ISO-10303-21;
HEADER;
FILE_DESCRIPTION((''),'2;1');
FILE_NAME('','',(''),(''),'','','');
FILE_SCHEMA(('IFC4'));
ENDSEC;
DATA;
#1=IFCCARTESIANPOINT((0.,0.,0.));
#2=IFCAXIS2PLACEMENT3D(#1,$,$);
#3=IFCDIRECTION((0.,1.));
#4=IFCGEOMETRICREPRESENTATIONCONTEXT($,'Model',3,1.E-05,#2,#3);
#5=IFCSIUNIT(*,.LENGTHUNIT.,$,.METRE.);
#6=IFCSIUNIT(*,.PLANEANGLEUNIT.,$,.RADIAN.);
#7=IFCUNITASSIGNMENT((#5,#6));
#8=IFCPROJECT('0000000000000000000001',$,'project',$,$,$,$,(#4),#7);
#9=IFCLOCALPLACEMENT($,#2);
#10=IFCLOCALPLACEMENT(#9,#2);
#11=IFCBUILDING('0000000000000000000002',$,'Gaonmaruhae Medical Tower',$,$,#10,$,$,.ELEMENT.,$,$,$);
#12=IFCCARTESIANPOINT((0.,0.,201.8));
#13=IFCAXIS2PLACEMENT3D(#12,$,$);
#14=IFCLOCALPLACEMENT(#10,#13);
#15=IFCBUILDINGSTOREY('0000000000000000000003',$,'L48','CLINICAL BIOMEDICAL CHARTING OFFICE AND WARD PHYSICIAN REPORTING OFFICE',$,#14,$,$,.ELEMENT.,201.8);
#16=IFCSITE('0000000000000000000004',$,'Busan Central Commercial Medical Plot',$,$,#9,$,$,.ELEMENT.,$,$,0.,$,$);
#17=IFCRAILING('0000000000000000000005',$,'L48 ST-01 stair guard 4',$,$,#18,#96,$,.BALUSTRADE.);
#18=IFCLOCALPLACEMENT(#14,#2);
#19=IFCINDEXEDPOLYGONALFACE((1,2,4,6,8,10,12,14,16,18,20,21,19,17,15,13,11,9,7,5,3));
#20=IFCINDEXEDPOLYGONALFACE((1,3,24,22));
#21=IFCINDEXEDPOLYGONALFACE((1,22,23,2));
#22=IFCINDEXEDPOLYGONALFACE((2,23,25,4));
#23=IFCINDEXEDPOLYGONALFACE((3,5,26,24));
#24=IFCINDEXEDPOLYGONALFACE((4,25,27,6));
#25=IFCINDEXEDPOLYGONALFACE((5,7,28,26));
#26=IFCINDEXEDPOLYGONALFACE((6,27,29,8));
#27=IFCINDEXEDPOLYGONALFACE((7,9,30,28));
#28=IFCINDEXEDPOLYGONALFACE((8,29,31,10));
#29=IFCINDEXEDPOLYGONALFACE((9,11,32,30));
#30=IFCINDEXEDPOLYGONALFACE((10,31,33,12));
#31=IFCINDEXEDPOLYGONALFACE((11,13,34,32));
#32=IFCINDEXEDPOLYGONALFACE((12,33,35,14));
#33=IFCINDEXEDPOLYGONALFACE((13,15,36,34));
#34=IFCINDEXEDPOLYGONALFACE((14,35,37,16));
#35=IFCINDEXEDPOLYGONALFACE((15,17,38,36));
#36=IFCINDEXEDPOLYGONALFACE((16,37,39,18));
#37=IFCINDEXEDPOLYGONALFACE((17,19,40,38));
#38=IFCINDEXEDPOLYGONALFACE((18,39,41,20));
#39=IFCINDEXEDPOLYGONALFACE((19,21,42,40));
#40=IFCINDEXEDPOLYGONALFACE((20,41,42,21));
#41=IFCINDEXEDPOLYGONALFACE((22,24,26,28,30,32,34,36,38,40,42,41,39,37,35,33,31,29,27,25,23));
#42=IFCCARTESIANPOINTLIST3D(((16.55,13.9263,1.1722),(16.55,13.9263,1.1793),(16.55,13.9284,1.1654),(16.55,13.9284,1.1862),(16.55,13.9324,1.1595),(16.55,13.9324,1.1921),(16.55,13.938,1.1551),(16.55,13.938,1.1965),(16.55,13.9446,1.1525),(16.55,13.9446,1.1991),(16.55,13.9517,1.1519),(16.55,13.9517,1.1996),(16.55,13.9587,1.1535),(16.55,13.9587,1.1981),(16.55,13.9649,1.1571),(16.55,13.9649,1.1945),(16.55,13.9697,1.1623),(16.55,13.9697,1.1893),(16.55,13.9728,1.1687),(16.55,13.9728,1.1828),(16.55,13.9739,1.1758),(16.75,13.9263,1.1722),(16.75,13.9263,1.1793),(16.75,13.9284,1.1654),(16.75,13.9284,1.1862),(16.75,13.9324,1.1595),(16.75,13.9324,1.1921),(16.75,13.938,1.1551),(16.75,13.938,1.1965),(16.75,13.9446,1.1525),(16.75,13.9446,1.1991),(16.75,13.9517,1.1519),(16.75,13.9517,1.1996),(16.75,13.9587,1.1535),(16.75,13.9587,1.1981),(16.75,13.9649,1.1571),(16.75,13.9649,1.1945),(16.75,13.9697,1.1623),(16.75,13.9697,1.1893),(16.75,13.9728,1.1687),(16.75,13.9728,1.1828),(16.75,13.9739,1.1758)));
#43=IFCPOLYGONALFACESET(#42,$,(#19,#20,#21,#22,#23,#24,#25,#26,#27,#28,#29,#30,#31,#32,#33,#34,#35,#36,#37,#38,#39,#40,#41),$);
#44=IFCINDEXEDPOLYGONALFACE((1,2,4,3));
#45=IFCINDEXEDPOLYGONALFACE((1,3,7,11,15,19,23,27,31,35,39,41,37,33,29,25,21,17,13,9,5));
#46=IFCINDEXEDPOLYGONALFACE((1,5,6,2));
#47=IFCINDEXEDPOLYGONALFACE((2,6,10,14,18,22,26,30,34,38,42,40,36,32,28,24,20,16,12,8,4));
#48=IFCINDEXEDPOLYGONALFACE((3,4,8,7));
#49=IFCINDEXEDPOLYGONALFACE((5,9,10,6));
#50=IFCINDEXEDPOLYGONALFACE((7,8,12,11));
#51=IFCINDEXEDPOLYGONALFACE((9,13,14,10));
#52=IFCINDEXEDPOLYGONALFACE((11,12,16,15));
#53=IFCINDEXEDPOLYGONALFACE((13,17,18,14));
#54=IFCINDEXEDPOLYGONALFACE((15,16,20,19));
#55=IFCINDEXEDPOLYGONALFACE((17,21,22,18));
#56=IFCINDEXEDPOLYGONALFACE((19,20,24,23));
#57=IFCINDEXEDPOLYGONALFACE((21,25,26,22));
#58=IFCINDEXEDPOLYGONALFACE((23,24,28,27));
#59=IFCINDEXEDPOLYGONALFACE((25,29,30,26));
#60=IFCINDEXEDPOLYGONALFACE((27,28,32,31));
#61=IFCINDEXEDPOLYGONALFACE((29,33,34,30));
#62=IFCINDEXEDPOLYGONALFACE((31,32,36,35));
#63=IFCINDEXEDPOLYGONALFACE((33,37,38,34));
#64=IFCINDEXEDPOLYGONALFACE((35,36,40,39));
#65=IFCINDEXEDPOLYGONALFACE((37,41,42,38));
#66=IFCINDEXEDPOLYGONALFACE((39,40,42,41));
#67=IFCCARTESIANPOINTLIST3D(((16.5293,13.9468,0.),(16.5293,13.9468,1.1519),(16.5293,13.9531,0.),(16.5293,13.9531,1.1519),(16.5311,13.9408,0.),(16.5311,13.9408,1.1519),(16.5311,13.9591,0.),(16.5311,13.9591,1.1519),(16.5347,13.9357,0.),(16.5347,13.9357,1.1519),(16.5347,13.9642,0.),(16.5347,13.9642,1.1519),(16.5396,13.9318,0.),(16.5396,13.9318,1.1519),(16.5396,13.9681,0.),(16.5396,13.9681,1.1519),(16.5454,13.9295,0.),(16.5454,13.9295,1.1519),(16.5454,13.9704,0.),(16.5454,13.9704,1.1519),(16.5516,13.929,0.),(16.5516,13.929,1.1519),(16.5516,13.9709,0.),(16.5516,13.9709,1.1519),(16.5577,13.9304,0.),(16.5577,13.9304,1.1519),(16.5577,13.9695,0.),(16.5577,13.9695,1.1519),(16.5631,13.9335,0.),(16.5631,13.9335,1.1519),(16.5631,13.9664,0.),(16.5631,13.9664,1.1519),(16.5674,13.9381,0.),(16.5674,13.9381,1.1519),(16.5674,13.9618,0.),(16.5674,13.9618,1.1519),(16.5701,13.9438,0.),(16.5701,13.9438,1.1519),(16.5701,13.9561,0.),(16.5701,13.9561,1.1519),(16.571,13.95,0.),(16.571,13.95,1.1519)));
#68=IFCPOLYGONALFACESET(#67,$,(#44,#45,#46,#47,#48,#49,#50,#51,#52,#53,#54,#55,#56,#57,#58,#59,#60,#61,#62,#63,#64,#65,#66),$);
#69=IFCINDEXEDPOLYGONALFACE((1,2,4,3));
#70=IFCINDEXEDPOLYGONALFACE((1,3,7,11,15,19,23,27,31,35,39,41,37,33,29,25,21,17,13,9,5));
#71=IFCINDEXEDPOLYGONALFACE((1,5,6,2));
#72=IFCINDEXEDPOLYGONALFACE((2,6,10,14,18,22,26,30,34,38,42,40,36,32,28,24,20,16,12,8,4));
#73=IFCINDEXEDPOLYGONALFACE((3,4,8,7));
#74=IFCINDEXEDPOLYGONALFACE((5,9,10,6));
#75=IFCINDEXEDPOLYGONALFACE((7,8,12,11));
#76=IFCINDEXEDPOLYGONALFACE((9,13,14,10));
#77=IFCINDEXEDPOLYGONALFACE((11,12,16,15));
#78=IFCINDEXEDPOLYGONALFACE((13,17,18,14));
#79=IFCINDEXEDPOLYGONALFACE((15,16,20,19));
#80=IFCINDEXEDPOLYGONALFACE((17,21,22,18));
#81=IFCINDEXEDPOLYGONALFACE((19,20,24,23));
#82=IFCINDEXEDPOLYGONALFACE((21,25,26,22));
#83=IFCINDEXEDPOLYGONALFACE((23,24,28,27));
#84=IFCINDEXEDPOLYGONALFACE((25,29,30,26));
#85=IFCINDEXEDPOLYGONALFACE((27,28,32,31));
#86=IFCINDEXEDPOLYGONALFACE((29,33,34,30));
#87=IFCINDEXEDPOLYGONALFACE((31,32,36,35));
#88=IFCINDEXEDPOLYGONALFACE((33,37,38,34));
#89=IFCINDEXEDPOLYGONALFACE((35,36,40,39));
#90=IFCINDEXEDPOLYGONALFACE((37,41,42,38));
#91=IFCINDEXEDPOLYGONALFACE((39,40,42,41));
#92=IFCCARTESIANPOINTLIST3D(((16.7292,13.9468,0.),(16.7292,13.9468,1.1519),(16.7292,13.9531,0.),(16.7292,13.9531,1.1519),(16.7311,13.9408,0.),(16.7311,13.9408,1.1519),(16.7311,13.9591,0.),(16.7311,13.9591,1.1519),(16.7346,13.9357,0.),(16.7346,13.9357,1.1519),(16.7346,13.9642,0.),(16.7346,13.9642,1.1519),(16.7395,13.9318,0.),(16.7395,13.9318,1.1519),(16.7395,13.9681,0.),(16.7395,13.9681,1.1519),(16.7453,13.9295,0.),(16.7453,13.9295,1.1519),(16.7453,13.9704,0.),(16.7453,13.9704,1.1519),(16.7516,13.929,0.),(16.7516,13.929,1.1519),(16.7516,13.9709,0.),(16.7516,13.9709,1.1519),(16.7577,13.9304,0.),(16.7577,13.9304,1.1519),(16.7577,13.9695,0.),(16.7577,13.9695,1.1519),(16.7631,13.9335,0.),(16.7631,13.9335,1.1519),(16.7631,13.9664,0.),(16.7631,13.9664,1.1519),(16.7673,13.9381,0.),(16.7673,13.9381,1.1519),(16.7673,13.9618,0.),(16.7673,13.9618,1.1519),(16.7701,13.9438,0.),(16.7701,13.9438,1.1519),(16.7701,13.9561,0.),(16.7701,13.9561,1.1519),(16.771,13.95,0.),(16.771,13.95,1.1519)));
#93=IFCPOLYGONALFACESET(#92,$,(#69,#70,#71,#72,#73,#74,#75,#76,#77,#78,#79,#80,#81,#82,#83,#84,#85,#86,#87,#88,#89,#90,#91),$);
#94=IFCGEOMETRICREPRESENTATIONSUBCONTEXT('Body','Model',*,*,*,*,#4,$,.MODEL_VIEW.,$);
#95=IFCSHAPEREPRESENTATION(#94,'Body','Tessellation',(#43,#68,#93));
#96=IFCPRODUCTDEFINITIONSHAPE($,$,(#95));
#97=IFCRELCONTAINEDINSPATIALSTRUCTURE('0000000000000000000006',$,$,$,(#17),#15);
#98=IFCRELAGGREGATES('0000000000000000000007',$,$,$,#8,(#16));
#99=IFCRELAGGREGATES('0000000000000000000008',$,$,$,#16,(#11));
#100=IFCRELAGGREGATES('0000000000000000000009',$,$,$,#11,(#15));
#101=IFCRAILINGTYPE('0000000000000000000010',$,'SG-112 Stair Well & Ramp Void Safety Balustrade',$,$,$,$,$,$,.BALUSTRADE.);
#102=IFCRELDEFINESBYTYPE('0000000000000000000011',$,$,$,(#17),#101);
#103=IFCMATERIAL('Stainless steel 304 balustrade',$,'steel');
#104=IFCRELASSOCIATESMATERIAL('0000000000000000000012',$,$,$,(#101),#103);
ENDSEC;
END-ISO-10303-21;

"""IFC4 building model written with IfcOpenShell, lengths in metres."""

from ifc_helpers import new_model, si_unit, direction, frame, origin, origin_2d, place, context, subcontext, project, spatial, circle, extrude, material, type_object, element, save


model = new_model("IFC4")

# Units and contexts
model_context = context("Model", 3, precision=1e-05, world=origin(), true_north=direction((0.0, 1.0)))
body_context = subcontext(model_context, "Body", "Model", "MODEL_VIEW")
ifc_project = project(units=[si_unit("LENGTHUNIT", "METRE"), si_unit("PLANEANGLEUNIT", "RADIAN")], contexts=[model_context])

# Site, building, storey
site_placement = place(None, origin())
site = spatial("IfcSite", under=ifc_project, at=site_placement, Name="Busan Central Commercial Medical Plot", CompositionType="ELEMENT", RefElevation=0.0)
building_placement = place(site_placement, origin())
building = spatial("IfcBuilding", under=site, at=building_placement, Name="Gaonmaruhae Medical Tower", CompositionType="ELEMENT")
storey_placement = place(building_placement, frame((0.0, 0.0, 201.8)))
storey = spatial("IfcBuildingStorey", under=building, at=storey_placement, Name="L48", Description="CLINICAL BIOMEDICAL CHARTING OFFICE AND WARD PHYSICIAN REPORTING OFFICE", CompositionType="ELEMENT", Elevation=201.8)

# Railing
ifc_material_1 = material(Name="Stainless steel 304 balustrade", Category="steel")
railing_type_1 = type_object("IfcRailingType", Name="SG-112 Stair Well & Ramp Void Safety Balustrade", PredefinedType="BALUSTRADE", material=ifc_material_1)
railing_1_placement = place(storey_placement, frame((16.55, 13.95, 0.0)))
element("IfcRailing", 1, at=railing_1_placement, inside=storey, type_object=railing_type_1, Name="L48 ST-01 stair guard 4", PredefinedType="BALUSTRADE", context=body_context, shape_type="SweptSolid", body=[
    extrude(circle(Radius=0.0239, at=origin_2d()), frame((0.0, 0.0, 1.1758), z_axis=(1.0, 0.0, 0.0), x_axis=(0.0, 1.0, 0.0)), (0.0, 0.0, 1.0), 0.2),
    extrude(circle(Radius=0.021, at=origin_2d()), origin(), (0.0, 0.0, 1.0), 1.1519),
    extrude(circle(Radius=0.021, at=origin_2d()), frame((0.2, 0.0, 0.0)), (0.0, 0.0, 1.0), 1.1519),
])

save(model, "model.ifc")
